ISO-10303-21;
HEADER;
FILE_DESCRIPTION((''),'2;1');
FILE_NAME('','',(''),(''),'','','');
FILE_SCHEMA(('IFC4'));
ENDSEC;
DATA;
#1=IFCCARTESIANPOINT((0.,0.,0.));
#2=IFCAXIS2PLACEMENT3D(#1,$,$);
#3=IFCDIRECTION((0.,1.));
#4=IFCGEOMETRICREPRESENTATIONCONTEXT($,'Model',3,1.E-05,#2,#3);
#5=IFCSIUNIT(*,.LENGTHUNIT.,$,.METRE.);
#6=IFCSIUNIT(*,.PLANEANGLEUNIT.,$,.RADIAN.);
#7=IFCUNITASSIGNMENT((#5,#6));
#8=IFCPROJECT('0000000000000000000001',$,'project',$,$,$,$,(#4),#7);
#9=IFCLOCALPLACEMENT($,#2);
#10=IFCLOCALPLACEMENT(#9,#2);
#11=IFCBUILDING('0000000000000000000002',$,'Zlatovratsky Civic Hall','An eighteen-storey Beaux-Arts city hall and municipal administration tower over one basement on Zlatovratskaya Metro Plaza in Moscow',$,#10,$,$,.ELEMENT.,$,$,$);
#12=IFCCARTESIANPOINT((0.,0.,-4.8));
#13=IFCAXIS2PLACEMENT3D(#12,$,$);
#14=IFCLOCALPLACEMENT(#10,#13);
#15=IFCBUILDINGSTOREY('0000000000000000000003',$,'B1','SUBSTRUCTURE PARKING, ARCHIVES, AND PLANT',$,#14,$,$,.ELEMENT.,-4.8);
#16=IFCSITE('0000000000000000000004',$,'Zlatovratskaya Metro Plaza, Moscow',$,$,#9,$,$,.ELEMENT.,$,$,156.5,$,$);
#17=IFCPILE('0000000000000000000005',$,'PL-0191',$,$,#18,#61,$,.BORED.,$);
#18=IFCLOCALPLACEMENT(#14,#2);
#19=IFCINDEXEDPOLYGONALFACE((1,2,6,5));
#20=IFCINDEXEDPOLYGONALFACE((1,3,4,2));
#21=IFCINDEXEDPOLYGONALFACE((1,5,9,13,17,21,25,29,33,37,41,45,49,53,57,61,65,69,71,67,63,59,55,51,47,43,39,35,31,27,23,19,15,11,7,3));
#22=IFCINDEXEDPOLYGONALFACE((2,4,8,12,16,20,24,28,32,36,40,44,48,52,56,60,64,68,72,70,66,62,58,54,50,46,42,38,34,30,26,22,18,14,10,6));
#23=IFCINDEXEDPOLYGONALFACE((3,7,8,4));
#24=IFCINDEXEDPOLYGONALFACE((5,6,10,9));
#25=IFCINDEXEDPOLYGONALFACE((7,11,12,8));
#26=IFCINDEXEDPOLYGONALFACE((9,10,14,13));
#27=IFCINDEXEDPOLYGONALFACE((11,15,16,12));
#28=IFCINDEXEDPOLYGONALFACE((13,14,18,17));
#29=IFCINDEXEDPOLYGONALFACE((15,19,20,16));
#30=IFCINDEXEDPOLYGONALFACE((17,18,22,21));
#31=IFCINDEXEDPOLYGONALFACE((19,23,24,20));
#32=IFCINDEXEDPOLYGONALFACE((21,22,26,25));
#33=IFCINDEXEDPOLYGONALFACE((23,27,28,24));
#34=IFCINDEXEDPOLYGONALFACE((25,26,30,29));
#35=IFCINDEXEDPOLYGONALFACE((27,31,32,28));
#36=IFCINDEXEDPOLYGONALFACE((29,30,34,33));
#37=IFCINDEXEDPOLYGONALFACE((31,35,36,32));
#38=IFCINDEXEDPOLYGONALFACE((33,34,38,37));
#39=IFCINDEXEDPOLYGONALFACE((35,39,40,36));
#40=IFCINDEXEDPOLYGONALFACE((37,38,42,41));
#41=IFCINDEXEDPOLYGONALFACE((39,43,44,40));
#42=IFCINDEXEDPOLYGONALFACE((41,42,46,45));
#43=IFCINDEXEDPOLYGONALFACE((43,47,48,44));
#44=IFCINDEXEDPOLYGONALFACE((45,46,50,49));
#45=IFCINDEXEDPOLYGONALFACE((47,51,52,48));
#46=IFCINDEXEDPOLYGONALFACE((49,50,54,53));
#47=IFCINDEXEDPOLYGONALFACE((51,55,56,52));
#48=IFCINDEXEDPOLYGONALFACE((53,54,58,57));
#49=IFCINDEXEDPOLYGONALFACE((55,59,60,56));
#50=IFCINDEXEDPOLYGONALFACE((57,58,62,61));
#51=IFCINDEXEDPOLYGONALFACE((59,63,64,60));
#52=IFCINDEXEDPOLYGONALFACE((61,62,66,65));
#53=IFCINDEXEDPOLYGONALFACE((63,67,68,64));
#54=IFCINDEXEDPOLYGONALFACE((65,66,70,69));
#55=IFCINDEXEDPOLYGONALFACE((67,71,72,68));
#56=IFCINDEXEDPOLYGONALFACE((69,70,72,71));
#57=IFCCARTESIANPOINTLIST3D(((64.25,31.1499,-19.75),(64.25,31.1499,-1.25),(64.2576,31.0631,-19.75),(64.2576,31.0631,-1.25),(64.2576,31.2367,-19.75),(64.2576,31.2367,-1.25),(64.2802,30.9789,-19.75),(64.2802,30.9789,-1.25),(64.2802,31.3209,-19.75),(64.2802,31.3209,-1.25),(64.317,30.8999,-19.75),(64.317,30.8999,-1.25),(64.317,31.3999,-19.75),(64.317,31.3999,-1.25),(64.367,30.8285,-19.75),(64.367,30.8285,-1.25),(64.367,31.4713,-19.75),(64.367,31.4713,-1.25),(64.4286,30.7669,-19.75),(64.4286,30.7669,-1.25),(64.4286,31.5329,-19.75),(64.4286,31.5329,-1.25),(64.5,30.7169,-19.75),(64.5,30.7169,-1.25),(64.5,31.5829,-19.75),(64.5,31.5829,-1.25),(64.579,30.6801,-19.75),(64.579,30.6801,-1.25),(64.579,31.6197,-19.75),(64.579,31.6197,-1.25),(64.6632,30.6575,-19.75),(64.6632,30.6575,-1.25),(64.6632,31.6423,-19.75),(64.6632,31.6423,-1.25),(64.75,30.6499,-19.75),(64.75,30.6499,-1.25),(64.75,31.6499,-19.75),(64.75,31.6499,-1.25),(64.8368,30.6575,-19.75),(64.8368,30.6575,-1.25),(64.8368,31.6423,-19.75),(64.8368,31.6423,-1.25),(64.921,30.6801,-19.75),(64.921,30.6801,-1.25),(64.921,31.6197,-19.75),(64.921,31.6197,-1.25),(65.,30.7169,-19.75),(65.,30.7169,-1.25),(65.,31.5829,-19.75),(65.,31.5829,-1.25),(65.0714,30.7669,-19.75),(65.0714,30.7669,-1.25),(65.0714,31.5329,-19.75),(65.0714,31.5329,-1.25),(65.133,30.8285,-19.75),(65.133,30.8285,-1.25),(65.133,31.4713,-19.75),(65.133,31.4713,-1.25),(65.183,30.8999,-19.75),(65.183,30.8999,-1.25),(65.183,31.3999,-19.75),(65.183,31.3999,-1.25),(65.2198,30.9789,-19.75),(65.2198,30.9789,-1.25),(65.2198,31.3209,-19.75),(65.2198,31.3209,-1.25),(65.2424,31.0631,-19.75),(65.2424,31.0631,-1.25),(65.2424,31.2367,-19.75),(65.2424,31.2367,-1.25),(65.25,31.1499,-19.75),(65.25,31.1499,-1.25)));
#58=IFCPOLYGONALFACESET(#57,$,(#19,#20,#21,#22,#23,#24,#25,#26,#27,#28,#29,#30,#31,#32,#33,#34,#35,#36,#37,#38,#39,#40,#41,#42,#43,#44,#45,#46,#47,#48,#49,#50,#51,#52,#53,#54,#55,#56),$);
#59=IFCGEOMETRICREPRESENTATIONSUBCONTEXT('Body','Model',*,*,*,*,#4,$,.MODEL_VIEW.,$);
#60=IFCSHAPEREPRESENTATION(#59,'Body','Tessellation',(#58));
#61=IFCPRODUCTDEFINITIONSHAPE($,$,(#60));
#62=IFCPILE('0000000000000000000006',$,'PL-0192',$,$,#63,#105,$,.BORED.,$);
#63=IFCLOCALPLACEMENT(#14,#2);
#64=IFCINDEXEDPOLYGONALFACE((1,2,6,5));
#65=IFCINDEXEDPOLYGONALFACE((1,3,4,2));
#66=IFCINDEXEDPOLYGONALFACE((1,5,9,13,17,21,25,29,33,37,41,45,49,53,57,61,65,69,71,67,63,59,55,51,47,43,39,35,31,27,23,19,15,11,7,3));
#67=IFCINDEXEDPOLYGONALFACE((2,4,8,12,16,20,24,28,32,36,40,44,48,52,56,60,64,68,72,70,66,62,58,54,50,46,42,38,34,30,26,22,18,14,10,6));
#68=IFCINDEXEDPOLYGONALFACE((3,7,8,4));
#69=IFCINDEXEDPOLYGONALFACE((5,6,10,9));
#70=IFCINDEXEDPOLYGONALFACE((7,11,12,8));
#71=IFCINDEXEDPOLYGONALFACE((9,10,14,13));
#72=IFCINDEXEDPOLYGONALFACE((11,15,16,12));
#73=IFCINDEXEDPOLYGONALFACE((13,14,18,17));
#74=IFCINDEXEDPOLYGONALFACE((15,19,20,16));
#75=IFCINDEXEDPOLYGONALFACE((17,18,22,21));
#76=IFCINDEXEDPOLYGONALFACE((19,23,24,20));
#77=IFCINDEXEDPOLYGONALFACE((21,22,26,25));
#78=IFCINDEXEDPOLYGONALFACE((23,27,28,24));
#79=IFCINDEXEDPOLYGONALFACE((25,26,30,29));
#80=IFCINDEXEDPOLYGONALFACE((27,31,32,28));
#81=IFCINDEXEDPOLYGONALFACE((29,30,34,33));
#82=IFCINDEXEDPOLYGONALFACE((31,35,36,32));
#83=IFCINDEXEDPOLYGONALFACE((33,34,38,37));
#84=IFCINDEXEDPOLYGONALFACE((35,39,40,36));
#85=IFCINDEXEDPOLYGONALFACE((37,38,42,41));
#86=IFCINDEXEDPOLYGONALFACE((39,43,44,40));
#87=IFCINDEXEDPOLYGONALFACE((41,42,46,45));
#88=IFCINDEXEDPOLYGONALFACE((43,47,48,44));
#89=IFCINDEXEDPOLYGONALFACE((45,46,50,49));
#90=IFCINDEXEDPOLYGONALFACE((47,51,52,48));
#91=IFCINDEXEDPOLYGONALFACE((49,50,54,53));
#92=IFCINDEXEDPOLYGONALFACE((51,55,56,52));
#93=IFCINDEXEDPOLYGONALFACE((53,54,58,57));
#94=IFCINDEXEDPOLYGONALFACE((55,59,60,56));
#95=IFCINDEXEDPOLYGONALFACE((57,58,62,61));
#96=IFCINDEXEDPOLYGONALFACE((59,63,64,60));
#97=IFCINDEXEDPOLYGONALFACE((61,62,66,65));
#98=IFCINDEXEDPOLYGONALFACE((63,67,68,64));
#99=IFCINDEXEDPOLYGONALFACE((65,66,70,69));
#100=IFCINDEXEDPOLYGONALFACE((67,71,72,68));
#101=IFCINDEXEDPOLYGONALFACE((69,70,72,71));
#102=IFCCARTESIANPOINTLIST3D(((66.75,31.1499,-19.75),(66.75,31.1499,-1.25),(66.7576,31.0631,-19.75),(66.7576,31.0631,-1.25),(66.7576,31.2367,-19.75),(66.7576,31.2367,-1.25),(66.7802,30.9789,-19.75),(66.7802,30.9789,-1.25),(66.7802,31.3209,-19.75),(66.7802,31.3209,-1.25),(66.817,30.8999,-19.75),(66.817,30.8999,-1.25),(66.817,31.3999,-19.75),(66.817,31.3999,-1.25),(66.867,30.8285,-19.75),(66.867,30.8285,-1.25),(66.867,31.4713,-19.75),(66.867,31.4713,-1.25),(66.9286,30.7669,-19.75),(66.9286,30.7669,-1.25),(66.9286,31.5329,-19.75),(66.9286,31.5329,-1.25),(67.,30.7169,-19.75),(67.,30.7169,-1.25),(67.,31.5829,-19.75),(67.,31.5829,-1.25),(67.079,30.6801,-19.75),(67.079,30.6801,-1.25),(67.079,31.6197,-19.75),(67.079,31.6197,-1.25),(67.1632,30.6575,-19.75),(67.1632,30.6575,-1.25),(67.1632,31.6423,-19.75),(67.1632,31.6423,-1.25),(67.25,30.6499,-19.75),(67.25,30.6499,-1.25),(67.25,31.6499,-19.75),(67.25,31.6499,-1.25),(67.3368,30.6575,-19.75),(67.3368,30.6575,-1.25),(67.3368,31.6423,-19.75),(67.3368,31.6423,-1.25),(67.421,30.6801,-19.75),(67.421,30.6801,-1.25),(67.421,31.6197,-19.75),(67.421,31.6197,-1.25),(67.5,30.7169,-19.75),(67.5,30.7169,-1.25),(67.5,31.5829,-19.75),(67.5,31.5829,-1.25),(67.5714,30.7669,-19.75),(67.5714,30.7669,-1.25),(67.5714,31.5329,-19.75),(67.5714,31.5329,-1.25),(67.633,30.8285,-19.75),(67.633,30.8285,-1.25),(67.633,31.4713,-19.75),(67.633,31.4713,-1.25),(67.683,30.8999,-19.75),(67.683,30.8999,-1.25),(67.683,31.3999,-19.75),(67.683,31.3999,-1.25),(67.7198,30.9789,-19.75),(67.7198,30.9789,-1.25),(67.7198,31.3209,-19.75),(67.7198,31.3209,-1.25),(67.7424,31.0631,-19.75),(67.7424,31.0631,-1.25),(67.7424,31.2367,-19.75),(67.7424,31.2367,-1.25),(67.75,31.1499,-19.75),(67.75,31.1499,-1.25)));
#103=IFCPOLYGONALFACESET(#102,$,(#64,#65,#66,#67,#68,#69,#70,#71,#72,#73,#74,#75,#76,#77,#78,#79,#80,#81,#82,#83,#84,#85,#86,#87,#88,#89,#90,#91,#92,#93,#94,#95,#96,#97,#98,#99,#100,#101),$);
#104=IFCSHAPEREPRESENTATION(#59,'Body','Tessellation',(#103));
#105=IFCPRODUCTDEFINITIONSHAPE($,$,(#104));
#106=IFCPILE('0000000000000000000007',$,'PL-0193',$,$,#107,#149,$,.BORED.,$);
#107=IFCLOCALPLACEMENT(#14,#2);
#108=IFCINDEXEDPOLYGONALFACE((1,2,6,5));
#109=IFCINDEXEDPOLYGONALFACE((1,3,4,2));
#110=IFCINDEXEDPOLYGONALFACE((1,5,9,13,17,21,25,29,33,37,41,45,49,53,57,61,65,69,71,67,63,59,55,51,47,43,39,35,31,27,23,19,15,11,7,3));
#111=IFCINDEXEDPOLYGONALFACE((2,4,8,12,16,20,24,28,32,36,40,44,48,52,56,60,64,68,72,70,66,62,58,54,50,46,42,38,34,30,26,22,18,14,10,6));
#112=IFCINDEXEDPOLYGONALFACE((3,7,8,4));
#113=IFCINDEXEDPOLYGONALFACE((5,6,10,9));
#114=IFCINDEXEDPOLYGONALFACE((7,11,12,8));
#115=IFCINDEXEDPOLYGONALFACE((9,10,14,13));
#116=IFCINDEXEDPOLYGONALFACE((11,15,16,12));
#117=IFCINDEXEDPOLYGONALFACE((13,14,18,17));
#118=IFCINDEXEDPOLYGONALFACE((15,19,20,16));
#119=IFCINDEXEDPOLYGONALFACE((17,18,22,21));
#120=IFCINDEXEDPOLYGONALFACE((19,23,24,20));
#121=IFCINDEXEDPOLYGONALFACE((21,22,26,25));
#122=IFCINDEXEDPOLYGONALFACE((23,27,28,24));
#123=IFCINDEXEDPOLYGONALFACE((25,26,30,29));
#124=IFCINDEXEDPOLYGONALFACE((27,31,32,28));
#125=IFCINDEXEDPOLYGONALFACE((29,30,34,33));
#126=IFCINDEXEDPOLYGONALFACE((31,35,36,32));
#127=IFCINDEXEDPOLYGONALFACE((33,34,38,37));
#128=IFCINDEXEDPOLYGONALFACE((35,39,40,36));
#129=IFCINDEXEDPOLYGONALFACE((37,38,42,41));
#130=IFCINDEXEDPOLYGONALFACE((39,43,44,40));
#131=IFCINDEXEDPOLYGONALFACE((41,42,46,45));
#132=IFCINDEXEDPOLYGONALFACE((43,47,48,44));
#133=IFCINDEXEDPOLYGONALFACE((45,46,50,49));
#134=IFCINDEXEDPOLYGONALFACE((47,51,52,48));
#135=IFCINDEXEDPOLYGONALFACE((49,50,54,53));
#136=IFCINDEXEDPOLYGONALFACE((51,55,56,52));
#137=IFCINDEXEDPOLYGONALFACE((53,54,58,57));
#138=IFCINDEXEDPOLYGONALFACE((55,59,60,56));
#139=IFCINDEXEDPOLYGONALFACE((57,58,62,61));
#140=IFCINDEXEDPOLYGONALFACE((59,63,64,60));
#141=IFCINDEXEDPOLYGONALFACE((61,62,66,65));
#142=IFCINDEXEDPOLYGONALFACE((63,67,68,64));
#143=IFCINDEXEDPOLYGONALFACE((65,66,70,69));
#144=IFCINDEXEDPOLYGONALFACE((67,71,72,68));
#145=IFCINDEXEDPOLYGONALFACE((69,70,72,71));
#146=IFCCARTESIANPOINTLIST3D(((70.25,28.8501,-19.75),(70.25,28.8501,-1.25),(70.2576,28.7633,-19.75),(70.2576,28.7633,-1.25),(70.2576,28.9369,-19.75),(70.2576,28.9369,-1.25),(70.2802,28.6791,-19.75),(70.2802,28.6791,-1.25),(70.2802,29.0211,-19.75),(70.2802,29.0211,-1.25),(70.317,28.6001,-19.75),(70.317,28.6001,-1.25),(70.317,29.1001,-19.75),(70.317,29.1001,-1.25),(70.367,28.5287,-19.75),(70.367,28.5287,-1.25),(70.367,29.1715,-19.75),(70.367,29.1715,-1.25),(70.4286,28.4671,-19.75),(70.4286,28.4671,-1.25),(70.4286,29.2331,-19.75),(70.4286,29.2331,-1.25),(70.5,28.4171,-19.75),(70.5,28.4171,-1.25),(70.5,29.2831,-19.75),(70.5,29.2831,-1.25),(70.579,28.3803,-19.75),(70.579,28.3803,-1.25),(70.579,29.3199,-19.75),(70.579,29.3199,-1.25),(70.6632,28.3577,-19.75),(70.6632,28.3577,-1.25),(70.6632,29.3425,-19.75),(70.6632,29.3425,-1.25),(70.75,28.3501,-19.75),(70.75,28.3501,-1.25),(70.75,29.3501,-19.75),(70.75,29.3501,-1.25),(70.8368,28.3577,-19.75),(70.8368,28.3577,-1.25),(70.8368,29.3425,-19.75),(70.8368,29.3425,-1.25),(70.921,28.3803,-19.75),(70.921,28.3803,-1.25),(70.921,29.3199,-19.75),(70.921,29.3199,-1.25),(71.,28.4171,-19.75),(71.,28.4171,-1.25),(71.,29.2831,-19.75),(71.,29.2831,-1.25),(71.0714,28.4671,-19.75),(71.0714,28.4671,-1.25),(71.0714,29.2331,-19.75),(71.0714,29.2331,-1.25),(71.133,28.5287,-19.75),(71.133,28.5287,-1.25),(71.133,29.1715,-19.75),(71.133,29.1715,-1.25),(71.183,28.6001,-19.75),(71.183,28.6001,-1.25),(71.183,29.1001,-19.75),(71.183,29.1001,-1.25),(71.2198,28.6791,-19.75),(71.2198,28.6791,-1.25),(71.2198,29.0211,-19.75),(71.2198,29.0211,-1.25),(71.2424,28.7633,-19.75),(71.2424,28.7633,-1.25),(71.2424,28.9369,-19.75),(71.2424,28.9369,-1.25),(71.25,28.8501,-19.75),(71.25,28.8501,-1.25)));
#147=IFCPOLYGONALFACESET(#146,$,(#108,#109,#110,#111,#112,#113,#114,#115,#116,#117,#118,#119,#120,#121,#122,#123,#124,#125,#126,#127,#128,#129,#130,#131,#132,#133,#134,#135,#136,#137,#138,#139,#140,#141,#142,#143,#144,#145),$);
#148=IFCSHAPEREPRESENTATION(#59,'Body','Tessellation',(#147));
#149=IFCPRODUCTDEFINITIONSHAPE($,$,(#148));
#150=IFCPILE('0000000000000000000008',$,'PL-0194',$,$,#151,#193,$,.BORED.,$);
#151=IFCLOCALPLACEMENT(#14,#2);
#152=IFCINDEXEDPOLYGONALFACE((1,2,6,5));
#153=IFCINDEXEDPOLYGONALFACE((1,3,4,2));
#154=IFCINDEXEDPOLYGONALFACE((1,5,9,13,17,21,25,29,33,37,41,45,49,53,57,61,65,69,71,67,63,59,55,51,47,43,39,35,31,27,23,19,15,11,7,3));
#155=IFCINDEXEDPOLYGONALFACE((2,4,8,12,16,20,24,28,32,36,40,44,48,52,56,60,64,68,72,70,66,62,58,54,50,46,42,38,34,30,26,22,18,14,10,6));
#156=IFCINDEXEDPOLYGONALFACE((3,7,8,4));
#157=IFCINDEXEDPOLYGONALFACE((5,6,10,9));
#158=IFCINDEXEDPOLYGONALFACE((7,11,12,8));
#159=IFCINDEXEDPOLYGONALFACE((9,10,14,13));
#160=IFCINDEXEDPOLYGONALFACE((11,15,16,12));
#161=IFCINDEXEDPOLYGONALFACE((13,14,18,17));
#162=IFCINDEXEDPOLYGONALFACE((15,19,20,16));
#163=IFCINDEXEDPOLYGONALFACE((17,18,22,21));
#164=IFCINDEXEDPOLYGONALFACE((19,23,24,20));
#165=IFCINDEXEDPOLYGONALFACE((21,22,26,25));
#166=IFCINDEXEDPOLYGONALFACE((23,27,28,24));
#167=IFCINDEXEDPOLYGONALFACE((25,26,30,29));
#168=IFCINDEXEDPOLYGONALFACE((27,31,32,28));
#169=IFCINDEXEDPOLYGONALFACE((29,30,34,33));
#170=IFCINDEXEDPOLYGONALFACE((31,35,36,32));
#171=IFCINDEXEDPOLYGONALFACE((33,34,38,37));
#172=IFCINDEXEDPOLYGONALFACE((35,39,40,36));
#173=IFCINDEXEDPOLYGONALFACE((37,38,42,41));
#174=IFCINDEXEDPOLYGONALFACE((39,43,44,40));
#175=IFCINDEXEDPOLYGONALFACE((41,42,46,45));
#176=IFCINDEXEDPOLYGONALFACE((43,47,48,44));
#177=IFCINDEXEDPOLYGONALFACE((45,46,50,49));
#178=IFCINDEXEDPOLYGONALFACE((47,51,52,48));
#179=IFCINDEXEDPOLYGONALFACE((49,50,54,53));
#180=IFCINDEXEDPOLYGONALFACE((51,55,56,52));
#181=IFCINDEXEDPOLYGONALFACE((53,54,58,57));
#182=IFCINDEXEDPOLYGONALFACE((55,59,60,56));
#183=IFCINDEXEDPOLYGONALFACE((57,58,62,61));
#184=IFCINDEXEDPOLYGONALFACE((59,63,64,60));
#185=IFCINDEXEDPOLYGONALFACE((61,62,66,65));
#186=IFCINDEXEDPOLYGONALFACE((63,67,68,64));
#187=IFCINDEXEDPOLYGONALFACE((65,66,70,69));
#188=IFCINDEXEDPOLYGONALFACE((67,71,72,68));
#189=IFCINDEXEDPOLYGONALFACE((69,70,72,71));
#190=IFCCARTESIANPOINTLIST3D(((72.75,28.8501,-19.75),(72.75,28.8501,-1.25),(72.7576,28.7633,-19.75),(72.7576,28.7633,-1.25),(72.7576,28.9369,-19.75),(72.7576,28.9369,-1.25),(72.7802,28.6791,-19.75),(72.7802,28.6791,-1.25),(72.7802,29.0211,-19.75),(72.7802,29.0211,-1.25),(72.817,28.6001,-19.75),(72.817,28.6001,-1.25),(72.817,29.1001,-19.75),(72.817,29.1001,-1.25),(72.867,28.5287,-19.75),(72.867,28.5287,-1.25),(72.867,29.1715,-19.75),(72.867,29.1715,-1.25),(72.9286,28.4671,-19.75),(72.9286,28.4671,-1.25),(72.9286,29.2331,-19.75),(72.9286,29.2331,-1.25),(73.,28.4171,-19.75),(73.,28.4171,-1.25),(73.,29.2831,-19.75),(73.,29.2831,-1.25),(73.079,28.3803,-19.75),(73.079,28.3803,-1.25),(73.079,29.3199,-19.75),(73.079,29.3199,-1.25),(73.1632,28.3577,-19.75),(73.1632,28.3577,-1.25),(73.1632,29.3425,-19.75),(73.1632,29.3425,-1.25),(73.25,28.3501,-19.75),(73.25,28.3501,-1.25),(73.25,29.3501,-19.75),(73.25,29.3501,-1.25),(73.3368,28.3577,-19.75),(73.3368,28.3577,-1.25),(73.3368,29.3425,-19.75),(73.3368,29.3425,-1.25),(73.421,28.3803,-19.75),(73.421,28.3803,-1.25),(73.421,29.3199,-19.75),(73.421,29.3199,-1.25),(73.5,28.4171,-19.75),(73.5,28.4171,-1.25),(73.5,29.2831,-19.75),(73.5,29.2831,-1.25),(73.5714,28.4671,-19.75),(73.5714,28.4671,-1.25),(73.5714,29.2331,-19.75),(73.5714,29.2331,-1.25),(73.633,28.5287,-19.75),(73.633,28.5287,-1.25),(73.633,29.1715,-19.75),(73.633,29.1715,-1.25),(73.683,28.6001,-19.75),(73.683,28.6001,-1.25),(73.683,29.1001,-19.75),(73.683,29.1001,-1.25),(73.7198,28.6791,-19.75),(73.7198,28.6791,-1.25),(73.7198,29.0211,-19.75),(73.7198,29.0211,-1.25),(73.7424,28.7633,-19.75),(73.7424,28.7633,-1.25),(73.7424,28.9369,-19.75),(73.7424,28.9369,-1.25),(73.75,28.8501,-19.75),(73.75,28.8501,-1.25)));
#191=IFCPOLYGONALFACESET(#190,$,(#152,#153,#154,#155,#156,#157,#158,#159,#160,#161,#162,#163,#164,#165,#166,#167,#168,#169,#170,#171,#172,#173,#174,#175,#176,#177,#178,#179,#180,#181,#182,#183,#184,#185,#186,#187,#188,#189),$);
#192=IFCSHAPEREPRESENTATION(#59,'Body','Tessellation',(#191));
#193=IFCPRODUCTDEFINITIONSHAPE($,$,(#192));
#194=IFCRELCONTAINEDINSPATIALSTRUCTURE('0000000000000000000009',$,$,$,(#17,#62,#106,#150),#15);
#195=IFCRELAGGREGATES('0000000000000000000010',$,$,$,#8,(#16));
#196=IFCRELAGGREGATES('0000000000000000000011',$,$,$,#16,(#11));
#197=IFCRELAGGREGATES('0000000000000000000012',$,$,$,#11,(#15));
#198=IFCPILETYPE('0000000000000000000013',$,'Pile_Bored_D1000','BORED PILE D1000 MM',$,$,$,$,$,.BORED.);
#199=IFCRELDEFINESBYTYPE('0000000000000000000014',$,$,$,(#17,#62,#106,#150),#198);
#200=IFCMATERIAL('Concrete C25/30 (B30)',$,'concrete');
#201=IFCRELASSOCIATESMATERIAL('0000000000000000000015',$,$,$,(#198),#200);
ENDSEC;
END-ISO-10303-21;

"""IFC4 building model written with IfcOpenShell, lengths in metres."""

from ifc_helpers import new_model, si_unit, direction, frame, origin, origin_2d, place, context, subcontext, project, spatial, circle, extrude, material, material_profile, profile_set, type_object, element, save


model = new_model("IFC4")

# Units and contexts
model_context = context("Model", 3, precision=1e-05, world=origin(), true_north=direction((0.0, 1.0)))
body_context = subcontext(model_context, "Body", "Model", "MODEL_VIEW")
ifc_project = project(units=[si_unit("LENGTHUNIT", "METRE"), si_unit("PLANEANGLEUNIT", "RADIAN")], contexts=[model_context])

# Site, building, storey
site_placement = place(None, origin())
site = spatial("IfcSite", under=ifc_project, at=site_placement, Name="Zlatovratskaya Metro Plaza, Moscow", CompositionType="ELEMENT", RefElevation=156.5)
building_placement = place(site_placement, origin())
building = spatial("IfcBuilding", under=site, at=building_placement, Name="Zlatovratsky Civic Hall", Description="An eighteen-storey Beaux-Arts city hall and municipal administration tower over one basement on Zlatovratskaya Metro Plaza in Moscow", CompositionType="ELEMENT")
storey_placement = place(building_placement, frame((0.0, 0.0, -4.8)))
storey = spatial("IfcBuildingStorey", under=building, at=storey_placement, Name="B1", Description="SUBSTRUCTURE PARKING, ARCHIVES, AND PLANT", CompositionType="ELEMENT", Elevation=-4.8)

# Shared definitions
ifc_material_1 = material(Name="Concrete C25/30 (B30)", Category="concrete")

# Piles
ifc_material_profile_1 = material_profile(ifc_material_1, circle(Radius=0.5, at=origin_2d()), Name="PILE D1000")
ifc_profile_set_1 = profile_set([ifc_material_profile_1], Name="Concrete C25/30 (B30)")
pile_type_1 = type_object("IfcPileType", Name="Pile_Bored_D1000", Description="BORED PILE D1000 MM", PredefinedType="BORED", material=ifc_profile_set_1)
for number, where, z_axis, x_axis, name in (
    (1, (64.75, 31.1499, -1.25), (0.0, 0.0, -1.0), (1.0, 0.0, 0.0), "PL-0191"),
    (2, (67.25, 31.1499, -1.25), (0.0, 0.0, -1.0), (1.0, 0.0, 0.0), "PL-0192"),
    (3, (70.75, 28.8501, -1.25), (0.0, 0.0, -1.0), (1.0, 0.0, 0.0), "PL-0193"),
    (4, (73.25, 28.8501, -1.25), (0.0, 0.0, -1.0), (1.0, 0.0, 0.0), "PL-0194"),
):
    element("IfcPile", number, at=place(storey_placement, frame(where, z_axis=z_axis, x_axis=x_axis)), inside=storey, type_object=pile_type_1, Name=name, PredefinedType="BORED", context=body_context, shape_type="SweptSolid", body=[
        extrude(circle(Radius=0.5, at=origin_2d()), origin(), (0.0, 0.0, 1.0), 18.5),
    ])

save(model, "model.ifc")
